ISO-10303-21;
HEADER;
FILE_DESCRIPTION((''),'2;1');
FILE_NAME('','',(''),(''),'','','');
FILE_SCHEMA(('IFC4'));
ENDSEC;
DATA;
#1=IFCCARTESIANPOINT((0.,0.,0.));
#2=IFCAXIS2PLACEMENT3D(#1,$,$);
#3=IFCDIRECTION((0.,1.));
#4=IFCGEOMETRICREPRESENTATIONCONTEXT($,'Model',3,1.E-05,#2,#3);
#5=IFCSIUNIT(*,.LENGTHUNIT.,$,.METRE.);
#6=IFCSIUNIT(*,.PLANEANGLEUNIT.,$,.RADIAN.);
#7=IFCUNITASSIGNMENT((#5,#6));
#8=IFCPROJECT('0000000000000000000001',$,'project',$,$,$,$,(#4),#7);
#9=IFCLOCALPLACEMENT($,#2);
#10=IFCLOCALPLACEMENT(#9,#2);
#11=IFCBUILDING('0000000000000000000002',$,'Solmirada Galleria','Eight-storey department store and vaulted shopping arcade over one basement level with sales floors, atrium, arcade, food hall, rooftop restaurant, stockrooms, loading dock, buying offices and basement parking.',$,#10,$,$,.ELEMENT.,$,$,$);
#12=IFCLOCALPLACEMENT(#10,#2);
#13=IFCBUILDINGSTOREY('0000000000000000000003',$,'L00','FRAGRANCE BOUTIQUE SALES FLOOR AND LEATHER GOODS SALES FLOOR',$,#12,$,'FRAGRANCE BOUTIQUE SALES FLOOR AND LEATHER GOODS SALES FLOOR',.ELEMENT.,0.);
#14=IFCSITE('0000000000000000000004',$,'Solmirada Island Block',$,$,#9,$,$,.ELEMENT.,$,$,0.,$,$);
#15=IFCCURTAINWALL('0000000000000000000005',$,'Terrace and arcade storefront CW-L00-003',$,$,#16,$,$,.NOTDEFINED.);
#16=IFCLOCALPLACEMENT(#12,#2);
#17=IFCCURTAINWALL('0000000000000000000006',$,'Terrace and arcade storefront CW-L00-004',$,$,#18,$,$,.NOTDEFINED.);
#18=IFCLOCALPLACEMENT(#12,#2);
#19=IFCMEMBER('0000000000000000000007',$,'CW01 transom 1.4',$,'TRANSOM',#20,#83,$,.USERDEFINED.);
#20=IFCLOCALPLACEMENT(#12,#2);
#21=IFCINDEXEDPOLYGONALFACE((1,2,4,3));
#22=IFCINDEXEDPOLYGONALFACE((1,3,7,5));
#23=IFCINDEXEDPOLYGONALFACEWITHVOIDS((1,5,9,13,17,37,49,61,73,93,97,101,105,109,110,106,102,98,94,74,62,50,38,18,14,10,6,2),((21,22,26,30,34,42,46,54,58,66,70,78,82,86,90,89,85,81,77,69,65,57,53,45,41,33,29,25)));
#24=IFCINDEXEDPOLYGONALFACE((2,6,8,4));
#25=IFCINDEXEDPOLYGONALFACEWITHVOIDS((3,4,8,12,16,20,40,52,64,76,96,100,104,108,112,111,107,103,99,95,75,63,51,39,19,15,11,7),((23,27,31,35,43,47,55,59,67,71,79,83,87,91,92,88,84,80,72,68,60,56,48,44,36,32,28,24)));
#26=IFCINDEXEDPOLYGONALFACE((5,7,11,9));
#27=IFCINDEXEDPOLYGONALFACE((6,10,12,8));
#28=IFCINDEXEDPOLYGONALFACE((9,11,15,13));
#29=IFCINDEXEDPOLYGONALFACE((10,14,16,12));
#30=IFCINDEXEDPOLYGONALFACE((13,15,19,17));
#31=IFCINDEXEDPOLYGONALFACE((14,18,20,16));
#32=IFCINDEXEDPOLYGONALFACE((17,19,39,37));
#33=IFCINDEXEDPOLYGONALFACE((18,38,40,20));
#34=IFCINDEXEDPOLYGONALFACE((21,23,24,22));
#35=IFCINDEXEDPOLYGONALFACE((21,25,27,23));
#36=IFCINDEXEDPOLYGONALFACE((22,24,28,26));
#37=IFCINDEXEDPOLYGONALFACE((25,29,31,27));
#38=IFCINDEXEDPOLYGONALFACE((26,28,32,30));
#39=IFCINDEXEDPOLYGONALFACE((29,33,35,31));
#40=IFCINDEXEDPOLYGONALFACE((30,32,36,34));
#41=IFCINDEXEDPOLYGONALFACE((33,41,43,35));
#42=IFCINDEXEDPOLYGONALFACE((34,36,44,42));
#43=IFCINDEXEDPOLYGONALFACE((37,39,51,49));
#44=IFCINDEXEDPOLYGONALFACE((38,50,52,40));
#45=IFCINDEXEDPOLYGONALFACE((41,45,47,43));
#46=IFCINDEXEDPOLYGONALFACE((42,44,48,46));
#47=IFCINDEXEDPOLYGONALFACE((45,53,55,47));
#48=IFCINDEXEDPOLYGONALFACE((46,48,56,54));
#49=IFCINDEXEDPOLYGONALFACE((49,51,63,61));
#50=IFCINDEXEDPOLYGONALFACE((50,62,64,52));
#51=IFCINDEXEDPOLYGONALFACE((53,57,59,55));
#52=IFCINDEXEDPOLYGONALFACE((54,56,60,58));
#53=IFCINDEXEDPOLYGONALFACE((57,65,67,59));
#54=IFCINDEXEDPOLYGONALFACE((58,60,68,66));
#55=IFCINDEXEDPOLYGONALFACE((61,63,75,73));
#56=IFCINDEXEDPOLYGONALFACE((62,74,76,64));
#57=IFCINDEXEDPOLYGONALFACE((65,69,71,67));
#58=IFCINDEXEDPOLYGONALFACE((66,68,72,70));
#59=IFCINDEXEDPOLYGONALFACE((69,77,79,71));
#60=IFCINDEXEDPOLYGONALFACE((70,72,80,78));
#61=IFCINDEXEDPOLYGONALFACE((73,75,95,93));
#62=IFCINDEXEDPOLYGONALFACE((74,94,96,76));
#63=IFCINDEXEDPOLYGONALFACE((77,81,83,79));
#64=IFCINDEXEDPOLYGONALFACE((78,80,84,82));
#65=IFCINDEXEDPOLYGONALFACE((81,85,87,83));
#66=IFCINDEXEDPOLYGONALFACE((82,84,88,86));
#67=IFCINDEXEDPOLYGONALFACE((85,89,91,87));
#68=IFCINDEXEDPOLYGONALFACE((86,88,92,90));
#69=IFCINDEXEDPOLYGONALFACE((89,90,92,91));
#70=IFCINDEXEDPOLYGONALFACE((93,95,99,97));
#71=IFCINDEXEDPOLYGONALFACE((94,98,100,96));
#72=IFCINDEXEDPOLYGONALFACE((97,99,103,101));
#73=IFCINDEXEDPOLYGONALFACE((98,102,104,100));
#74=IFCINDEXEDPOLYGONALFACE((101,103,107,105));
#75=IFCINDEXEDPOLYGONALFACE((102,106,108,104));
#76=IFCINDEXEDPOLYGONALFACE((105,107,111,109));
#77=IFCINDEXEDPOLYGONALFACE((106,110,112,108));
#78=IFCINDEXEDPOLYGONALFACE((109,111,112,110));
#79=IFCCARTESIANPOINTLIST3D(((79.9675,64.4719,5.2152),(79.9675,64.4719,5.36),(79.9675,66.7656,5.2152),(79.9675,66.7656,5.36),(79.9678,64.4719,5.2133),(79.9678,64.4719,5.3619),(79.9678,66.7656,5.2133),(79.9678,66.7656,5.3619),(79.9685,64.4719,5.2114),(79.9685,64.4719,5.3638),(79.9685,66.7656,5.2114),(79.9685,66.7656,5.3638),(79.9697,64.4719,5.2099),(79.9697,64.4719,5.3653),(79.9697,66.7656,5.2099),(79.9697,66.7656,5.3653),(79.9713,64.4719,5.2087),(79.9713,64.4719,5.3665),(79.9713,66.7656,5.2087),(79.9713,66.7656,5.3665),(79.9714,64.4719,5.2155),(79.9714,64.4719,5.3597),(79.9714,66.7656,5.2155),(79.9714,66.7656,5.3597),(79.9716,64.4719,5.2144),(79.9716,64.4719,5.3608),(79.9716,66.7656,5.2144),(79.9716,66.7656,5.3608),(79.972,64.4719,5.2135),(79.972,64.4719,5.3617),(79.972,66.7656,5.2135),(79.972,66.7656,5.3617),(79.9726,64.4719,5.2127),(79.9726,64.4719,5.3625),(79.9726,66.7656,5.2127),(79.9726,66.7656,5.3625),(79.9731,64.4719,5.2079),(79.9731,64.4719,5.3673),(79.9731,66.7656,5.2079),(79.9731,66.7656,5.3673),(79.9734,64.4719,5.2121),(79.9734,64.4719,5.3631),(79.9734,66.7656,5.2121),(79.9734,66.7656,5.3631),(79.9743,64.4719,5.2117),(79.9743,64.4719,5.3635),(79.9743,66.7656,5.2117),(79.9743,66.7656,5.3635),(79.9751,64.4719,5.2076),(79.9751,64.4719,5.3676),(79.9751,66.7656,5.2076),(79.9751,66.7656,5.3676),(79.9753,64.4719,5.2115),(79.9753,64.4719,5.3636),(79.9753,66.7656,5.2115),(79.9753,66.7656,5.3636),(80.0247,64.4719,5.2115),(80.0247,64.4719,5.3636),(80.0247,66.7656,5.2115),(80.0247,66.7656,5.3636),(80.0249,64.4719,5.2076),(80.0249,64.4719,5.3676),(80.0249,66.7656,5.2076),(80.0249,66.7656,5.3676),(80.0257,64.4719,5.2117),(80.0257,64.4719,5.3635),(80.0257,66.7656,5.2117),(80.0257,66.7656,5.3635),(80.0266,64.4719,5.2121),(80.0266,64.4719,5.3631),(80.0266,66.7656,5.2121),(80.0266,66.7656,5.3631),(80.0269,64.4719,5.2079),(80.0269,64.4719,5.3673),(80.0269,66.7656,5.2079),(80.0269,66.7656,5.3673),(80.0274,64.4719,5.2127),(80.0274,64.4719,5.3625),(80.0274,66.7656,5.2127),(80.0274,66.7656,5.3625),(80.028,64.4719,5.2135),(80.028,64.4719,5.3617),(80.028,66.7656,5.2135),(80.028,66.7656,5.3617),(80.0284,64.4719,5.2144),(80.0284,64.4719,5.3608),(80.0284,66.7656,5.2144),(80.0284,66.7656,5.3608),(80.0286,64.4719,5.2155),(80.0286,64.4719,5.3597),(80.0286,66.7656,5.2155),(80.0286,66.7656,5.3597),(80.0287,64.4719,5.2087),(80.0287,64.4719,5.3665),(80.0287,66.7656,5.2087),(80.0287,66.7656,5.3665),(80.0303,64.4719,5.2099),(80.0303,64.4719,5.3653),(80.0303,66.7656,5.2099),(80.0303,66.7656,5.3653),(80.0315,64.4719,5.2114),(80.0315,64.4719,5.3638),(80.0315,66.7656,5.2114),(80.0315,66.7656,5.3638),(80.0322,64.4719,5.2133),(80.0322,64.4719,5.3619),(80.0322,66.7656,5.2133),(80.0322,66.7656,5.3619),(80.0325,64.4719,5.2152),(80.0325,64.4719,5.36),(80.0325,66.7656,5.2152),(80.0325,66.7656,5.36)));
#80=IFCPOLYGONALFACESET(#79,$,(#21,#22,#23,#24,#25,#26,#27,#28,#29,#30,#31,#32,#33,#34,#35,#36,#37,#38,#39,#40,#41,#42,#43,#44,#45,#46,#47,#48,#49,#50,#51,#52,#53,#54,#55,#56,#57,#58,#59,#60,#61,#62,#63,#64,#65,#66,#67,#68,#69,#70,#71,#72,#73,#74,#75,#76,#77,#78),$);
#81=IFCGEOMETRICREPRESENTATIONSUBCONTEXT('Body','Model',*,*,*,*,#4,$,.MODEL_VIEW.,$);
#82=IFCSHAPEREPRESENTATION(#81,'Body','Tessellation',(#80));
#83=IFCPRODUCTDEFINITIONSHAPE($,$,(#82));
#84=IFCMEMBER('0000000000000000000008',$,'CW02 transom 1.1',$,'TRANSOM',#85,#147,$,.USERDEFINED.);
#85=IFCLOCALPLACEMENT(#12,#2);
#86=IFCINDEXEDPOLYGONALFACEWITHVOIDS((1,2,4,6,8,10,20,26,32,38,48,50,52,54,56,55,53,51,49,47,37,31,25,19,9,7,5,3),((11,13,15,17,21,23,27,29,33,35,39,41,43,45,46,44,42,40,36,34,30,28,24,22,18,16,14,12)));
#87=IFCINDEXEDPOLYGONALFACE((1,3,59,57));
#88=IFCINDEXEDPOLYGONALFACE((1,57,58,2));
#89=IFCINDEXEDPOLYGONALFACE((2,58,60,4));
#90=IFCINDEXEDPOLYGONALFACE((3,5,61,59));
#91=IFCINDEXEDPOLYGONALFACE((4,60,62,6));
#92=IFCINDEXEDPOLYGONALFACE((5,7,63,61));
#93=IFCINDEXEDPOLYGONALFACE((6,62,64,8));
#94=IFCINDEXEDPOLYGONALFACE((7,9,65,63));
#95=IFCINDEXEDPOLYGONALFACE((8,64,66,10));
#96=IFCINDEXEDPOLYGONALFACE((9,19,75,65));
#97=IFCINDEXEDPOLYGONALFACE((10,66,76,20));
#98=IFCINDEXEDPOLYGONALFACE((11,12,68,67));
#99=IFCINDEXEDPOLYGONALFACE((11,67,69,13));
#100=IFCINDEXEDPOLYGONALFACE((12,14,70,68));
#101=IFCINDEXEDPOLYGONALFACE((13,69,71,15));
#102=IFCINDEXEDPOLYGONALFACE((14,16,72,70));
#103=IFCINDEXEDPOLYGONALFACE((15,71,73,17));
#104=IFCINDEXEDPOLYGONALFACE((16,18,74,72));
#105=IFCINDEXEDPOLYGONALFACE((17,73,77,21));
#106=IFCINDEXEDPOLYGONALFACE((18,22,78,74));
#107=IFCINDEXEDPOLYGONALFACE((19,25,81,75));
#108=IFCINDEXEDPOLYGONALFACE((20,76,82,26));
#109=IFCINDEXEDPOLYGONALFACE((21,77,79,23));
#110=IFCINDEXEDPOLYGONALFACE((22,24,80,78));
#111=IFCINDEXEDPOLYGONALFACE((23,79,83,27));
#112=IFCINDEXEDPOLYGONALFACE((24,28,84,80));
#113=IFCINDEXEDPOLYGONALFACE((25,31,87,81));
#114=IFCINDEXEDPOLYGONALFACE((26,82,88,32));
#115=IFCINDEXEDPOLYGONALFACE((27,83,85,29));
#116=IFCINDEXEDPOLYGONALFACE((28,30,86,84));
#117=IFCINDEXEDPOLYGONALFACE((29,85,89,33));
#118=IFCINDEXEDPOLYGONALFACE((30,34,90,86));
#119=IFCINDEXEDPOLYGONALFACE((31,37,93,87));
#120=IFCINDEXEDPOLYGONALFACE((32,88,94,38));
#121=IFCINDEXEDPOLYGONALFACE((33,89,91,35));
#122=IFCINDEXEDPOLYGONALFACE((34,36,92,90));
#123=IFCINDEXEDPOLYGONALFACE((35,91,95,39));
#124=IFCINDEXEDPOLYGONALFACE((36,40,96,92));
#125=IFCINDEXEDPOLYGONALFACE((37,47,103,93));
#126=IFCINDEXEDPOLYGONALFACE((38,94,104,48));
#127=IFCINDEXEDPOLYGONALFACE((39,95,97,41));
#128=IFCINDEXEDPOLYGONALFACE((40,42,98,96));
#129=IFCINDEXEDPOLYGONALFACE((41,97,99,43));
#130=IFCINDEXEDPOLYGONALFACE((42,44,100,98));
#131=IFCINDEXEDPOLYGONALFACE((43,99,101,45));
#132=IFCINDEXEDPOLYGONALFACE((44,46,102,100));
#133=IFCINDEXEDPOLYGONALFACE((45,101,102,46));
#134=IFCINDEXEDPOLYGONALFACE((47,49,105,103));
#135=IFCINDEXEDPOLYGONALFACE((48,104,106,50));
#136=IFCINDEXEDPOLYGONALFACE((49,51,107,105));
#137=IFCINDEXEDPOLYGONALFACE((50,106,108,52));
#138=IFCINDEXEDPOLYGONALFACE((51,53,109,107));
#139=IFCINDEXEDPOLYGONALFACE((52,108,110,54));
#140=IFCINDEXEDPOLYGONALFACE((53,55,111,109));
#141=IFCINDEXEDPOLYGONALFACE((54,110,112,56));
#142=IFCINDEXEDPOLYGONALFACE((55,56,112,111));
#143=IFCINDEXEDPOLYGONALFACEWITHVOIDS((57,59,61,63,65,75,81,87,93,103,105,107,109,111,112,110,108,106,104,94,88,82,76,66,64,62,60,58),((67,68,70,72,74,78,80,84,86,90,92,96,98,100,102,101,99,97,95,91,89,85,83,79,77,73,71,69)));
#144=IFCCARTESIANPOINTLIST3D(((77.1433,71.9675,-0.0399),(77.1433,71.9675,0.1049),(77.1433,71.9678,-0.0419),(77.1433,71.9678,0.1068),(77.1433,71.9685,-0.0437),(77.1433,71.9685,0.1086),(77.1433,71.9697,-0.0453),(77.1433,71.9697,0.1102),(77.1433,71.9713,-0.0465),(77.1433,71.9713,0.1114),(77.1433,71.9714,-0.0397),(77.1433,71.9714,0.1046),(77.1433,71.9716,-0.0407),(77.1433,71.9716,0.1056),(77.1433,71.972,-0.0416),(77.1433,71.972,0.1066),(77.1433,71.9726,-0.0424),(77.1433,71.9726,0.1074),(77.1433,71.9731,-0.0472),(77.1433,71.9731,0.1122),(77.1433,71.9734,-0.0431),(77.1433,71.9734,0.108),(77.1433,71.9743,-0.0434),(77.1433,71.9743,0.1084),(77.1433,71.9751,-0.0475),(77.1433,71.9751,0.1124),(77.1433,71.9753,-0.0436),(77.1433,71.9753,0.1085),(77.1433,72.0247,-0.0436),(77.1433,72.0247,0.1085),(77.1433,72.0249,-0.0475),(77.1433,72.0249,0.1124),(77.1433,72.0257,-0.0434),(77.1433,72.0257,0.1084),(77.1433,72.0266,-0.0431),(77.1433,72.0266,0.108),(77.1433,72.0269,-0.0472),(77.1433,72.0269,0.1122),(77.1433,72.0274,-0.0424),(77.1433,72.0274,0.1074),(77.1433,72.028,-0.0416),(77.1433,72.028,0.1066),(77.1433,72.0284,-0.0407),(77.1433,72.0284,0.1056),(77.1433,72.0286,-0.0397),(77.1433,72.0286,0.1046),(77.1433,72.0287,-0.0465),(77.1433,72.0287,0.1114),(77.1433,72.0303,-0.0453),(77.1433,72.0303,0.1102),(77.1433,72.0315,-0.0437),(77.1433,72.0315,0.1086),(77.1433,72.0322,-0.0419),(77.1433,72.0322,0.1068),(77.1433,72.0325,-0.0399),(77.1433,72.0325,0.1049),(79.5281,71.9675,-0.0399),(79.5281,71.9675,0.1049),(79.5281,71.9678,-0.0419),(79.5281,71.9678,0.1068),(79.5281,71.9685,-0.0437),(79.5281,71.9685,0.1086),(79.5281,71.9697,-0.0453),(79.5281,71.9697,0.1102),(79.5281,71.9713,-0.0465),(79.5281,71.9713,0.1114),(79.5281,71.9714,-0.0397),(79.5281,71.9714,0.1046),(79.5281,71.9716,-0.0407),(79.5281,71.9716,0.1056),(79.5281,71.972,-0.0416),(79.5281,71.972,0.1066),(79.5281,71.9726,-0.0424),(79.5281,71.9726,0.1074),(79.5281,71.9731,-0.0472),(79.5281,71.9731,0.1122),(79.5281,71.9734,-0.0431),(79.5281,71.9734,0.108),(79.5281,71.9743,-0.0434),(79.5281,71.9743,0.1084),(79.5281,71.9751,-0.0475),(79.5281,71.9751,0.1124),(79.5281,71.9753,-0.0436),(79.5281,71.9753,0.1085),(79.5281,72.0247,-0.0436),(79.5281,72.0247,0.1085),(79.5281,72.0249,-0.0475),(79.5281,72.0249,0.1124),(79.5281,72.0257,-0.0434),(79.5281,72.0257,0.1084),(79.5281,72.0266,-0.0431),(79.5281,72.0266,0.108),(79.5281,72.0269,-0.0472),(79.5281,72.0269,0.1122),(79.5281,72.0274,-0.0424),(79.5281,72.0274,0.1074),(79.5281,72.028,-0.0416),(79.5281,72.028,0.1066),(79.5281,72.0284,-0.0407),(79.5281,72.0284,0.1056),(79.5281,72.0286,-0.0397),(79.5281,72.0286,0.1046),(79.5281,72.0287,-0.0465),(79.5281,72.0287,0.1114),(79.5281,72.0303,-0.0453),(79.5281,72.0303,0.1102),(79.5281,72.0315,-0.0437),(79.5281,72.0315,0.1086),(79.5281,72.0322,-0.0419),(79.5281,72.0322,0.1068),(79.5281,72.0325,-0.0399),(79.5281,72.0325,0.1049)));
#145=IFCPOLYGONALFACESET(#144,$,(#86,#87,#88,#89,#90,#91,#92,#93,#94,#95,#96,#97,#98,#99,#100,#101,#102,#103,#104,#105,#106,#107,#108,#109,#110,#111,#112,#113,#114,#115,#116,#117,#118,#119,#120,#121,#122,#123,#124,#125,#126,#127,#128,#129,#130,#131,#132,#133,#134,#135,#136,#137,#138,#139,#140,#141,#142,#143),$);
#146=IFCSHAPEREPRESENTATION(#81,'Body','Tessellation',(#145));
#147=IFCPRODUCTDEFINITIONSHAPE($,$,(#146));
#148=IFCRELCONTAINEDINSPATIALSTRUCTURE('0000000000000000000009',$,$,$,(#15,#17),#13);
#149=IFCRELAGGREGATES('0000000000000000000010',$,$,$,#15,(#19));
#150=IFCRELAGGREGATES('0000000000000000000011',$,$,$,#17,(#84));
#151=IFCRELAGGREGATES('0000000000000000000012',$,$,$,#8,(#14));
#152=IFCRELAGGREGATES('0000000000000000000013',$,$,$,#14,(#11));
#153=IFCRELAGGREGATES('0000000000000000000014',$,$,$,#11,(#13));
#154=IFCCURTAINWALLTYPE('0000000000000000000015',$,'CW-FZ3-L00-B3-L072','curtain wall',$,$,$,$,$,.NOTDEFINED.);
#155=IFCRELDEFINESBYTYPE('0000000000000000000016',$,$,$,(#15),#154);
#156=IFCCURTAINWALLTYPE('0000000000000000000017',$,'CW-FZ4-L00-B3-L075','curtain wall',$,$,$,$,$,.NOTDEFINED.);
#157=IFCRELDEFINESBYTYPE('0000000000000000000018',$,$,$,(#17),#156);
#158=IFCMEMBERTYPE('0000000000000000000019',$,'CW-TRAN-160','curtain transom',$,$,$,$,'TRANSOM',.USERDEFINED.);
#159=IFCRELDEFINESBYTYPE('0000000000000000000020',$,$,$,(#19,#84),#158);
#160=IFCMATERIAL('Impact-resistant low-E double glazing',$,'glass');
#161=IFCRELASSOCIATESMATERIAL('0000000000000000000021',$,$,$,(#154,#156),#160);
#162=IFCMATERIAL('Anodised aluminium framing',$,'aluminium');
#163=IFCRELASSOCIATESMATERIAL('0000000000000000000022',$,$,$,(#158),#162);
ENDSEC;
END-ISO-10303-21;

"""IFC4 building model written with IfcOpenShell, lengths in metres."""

from ifc_helpers import new_model, si_unit, direction, frame, origin, origin_2d, place, context, subcontext, project, spatial, hollow_rectangle, extrude, material, material_profile, profile_set, type_object, element, aggregate, save


model = new_model("IFC4")

# Units and contexts
model_context = context("Model", 3, precision=1e-05, world=origin(), true_north=direction((0.0, 1.0)))
body_context = subcontext(model_context, "Body", "Model", "MODEL_VIEW")
ifc_project = project(units=[si_unit("LENGTHUNIT", "METRE"), si_unit("PLANEANGLEUNIT", "RADIAN")], contexts=[model_context])

# Site, building, storey
site_placement = place(None, origin())
site = spatial("IfcSite", under=ifc_project, at=site_placement, Name="Solmirada Island Block", CompositionType="ELEMENT", RefElevation=0.0)
building_placement = place(site_placement, origin())
building = spatial("IfcBuilding", under=site, at=building_placement, Name="Solmirada Galleria", Description="Eight-storey department store and vaulted shopping arcade over one basement level with sales floors, atrium, arcade, food hall, rooftop restaurant, stockrooms, loading dock, buying offices and basement parking.", CompositionType="ELEMENT")
storey_placement = place(building_placement, origin())
storey = spatial("IfcBuildingStorey", under=building, at=storey_placement, Name="L00", Description="FRAGRANCE BOUTIQUE SALES FLOOR AND LEATHER GOODS SALES FLOOR", LongName="FRAGRANCE BOUTIQUE SALES FLOOR AND LEATHER GOODS SALES FLOOR", CompositionType="ELEMENT", Elevation=0.0)

# Shared definitions
ifc_material_1 = material(Name="Impact-resistant low-E double glazing", Category="glass")
curtain_wall_type_1 = type_object("IfcCurtainWallType", Name="CW-FZ3-L00-B3-L072", Description="curtain wall", PredefinedType="NOTDEFINED", material=ifc_material_1)
ifc_material_2 = material(Name="Anodised aluminium framing", Category="aluminium")

# Curtain wall
curtain_wall_1_placement = place(storey_placement, origin())
curtain_wall_1 = element("IfcCurtainWall", 1, at=curtain_wall_1_placement, inside=storey, type_object=curtain_wall_type_1, Name="Terrace and arcade storefront CW-L00-003", PredefinedType="NOTDEFINED")

# Curtain wall
curtain_wall_type_2 = type_object("IfcCurtainWallType", Name="CW-FZ4-L00-B3-L075", Description="curtain wall", PredefinedType="NOTDEFINED", material=ifc_material_1)
curtain_wall_2_placement = place(storey_placement, origin())
curtain_wall_2 = element("IfcCurtainWall", 2, at=curtain_wall_2_placement, inside=storey, type_object=curtain_wall_type_2, Name="Terrace and arcade storefront CW-L00-004", PredefinedType="NOTDEFINED")

# Members
ifc_material_profile_1 = material_profile(ifc_material_2, hollow_rectangle(XDim=0.0649, YDim=0.1599, WallThickness=0.0039, InnerFilletRadius=0.0039, OuterFilletRadius=0.0076, at=origin_2d()), Name="ALU-TRAN-160X65")
ifc_profile_set_1 = profile_set([ifc_material_profile_1], Name="Anodised aluminium framing")
member_type_1 = type_object("IfcMemberType", Name="CW-TRAN-160", Description="curtain transom", ElementType="TRANSOM", PredefinedType="USERDEFINED", material=ifc_profile_set_1)
member_1_placement = place(storey_placement, frame((80.0, 64.4719, 5.2876), z_axis=(0.0, 1.0, 0.0), x_axis=(-1.0, 0.0, 0.0)))
member_1 = element("IfcMember", 3, at=member_1_placement, type_object=member_type_1, Name="CW01 transom 1.4", ObjectType="TRANSOM", PredefinedType="USERDEFINED", context=body_context, shape_type="SweptSolid", body=[
    extrude(hollow_rectangle(XDim=0.0649, YDim=0.1599, WallThickness=0.0039, InnerFilletRadius=0.0039, OuterFilletRadius=0.0076, at=origin_2d()), origin(), (0.0, 0.0, 1.0), 2.2937),
])
aggregate(curtain_wall_1, [member_1])
member_2_placement = place(storey_placement, frame((79.5281, 72.0, 0.0325), z_axis=(-1.0, 0.0, 0.0), x_axis=(0.0, -1.0, 0.0)))
member_2 = element("IfcMember", 4, at=member_2_placement, type_object=member_type_1, Name="CW02 transom 1.1", ObjectType="TRANSOM", PredefinedType="USERDEFINED", context=body_context, shape_type="SweptSolid", body=[
    extrude(hollow_rectangle(XDim=0.0649, YDim=0.1599, WallThickness=0.0039, InnerFilletRadius=0.0039, OuterFilletRadius=0.0076, at=origin_2d()), origin(), (0.0, 0.0, 1.0), 2.3848),
])

aggregate(curtain_wall_2, [member_2])

save(model, "model.ifc")
